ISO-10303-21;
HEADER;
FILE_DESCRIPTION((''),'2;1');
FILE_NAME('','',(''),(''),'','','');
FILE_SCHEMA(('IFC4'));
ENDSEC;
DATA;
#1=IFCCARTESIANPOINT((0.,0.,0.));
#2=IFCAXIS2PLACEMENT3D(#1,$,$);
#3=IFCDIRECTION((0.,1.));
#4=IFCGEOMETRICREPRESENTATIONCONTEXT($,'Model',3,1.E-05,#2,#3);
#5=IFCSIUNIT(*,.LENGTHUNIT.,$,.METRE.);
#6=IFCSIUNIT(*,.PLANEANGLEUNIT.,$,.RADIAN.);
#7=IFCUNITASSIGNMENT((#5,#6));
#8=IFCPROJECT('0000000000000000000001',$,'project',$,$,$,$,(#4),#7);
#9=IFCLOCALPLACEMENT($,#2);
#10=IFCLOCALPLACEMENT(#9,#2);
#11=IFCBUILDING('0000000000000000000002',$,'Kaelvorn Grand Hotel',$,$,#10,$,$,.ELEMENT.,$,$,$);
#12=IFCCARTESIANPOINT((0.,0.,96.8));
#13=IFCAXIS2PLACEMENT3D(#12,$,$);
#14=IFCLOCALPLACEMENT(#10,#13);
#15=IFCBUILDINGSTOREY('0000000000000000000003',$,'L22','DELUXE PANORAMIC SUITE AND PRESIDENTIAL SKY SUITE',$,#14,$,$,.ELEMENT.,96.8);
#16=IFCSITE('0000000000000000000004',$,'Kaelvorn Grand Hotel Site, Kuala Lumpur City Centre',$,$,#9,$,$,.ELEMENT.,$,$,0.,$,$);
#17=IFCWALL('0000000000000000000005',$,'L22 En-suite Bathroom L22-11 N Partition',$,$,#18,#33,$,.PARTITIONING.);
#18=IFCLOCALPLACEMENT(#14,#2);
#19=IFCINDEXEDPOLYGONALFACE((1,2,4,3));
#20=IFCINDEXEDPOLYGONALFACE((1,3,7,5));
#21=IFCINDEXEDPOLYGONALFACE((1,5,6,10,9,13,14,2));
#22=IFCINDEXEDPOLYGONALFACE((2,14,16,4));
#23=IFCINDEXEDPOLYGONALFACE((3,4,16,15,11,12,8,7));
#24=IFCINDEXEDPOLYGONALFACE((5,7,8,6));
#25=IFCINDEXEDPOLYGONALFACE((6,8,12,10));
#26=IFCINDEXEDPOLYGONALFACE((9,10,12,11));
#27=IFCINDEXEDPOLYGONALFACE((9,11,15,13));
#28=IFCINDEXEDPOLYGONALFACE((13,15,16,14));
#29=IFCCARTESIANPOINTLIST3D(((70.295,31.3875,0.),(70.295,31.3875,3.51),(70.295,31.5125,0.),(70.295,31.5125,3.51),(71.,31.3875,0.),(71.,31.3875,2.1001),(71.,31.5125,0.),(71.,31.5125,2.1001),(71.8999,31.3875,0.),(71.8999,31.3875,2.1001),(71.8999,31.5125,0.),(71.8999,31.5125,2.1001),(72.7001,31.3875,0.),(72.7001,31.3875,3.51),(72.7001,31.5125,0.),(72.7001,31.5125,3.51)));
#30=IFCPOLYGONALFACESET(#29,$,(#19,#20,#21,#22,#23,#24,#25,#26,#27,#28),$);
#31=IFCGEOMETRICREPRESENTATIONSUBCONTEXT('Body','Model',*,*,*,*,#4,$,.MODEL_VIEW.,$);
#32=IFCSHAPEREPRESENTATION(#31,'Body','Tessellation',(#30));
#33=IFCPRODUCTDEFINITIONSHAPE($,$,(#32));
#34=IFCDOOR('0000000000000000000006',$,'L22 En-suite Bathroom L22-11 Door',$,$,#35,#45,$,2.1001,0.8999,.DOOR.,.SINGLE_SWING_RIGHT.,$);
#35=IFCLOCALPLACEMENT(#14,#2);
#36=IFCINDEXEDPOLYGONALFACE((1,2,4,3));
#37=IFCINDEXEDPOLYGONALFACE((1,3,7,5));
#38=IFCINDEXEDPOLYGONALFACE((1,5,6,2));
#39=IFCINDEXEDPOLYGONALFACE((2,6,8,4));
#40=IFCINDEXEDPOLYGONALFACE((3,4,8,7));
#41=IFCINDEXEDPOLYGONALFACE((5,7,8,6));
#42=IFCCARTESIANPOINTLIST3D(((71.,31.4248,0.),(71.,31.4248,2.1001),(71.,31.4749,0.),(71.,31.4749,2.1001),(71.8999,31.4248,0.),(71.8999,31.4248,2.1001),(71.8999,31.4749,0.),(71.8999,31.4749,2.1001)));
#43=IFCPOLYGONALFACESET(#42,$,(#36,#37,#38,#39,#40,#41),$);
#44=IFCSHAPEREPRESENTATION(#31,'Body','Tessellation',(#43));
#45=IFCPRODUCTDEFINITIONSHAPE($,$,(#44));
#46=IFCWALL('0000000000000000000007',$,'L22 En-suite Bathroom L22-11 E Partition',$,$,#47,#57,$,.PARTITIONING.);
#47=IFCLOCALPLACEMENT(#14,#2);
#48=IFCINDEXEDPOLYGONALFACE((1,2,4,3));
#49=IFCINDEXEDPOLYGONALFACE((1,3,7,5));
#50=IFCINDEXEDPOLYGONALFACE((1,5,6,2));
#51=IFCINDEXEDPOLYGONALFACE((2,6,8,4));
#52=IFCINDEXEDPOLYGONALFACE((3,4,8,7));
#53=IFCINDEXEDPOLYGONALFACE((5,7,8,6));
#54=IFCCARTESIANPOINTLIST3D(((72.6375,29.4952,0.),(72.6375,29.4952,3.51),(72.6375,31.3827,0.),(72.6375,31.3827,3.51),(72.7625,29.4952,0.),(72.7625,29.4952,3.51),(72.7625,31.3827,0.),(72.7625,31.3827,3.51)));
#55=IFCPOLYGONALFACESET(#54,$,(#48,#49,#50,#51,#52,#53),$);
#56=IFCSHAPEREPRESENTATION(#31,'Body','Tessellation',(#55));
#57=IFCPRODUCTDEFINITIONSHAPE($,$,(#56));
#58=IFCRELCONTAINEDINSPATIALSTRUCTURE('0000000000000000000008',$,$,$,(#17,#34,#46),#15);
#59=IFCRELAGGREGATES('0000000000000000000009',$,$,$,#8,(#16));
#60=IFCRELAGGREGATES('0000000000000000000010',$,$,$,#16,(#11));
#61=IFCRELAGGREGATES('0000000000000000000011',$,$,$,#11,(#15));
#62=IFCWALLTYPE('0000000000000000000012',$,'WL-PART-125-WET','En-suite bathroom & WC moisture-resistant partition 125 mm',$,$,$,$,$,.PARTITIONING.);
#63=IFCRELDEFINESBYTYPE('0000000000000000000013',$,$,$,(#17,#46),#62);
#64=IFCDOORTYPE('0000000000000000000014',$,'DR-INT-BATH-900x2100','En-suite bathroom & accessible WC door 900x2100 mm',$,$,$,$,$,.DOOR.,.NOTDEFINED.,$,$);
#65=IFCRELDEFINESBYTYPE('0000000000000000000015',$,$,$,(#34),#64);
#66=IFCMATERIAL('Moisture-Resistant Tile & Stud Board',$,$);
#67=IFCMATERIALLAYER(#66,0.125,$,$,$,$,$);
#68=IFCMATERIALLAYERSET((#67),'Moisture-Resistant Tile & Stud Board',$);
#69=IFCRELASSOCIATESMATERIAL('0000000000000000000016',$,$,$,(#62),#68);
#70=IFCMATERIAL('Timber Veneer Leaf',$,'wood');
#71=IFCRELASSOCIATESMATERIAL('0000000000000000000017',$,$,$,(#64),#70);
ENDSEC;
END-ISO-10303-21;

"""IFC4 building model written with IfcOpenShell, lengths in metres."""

from ifc_helpers import new_model, si_unit, direction, frame, frame_2d, origin, place, context, subcontext, project, spatial, rectangle, extrude, material, layer, layer_set, type_object, element, fill, save


model = new_model("IFC4")

# Units and contexts
model_context = context("Model", 3, precision=1e-05, world=origin(), true_north=direction((0.0, 1.0)))
body_context = subcontext(model_context, "Body", "Model", "MODEL_VIEW")
ifc_project = project(units=[si_unit("LENGTHUNIT", "METRE"), si_unit("PLANEANGLEUNIT", "RADIAN")], contexts=[model_context])

# Site, building, storey
site_placement = place(None, origin())
site = spatial("IfcSite", under=ifc_project, at=site_placement, Name="Kaelvorn Grand Hotel Site, Kuala Lumpur City Centre", CompositionType="ELEMENT", RefElevation=0.0)
building_placement = place(site_placement, origin())
building = spatial("IfcBuilding", under=site, at=building_placement, Name="Kaelvorn Grand Hotel", CompositionType="ELEMENT")
storey_placement = place(building_placement, frame((0.0, 0.0, 96.8)))
storey = spatial("IfcBuildingStorey", under=building, at=storey_placement, Name="L22", Description="DELUXE PANORAMIC SUITE AND PRESIDENTIAL SKY SUITE", CompositionType="ELEMENT", Elevation=96.8)

# Wall, opening, door
ifc_material_1 = material(Name="Moisture-Resistant Tile & Stud Board")
ifc_layer_1 = layer(ifc_material_1, 0.125)
ifc_layer_set_1 = layer_set([ifc_layer_1], Name="Moisture-Resistant Tile & Stud Board")
wall_type = type_object("IfcWallType", Name="WL-PART-125-WET", Description="En-suite bathroom & WC moisture-resistant partition 125 mm", PredefinedType="PARTITIONING", material=ifc_layer_set_1)
wall_1_placement = place(storey_placement, frame((70.2949, 31.45, 0.0), z_axis=(0.0, 0.0, 1.0), x_axis=(1.0, 0.0, 0.0)))
wall_1 = element("IfcWall", 1, at=wall_1_placement, inside=storey, type_object=wall_type, Name="L22 En-suite Bathroom L22-11 N Partition", PredefinedType="PARTITIONING", context=body_context, shape_type="SweptSolid", body=[
    extrude(rectangle(XDim=2.405, YDim=0.125, at=frame_2d((1.2026, 0.0))), origin(), (0.0, 0.0, 1.0), 3.51),
])
opening_placement = place(wall_1_placement, frame((0.7051, 0.0, 0.0)))
opening = element("IfcOpeningElement", 2, at=opening_placement, cuts=wall_1, PredefinedType="OPENING", context=body_context, shape_type="SweptSolid", body=[
    extrude(rectangle(XDim=0.8999, YDim=2.1001, at=frame_2d((0.45, 1.05))), frame((0.0, 0.0725, 0.0), z_axis=(0.0, -1.0, 0.0), x_axis=(1.0, 0.0, 0.0)), (0.0, 0.0, 1.0), 0.145),
])
ifc_material_2 = material(Name="Timber Veneer Leaf", Category="wood")
door_type = type_object("IfcDoorType", Name="DR-INT-BATH-900x2100", Description="En-suite bathroom & accessible WC door 900x2100 mm", OperationType="NOTDEFINED", PredefinedType="DOOR", material=ifc_material_2)
door_placement = place(opening_placement, origin())
door = element("IfcDoor", 3, at=door_placement, inside=storey, type_object=door_type, Name="L22 En-suite Bathroom L22-11 Door", OperationType="SINGLE_SWING_RIGHT", OverallHeight=2.1001, OverallWidth=0.8999, PredefinedType="DOOR", context=body_context, shape_type="SweptSolid", body=[
    extrude(rectangle(XDim=0.8999, YDim=2.1001, at=frame_2d((0.45, 1.05))), frame((0.0, 0.0249, 0.0), z_axis=(0.0, -1.0, 0.0), x_axis=(1.0, 0.0, 0.0)), (0.0, 0.0, 1.0), 0.05),
])
fill(opening, door)

# Wall
wall_2_placement = place(storey_placement, frame((72.7, 29.4951, 0.0), z_axis=(0.0, 0.0, 1.0), x_axis=(0.0, 1.0, 0.0)))
element("IfcWall", 4, at=wall_2_placement, inside=storey, type_object=wall_type, Name="L22 En-suite Bathroom L22-11 E Partition", PredefinedType="PARTITIONING", context=body_context, shape_type="SweptSolid", body=[
    extrude(rectangle(XDim=1.8875, YDim=0.125, at=frame_2d((0.9438, 0.0))), origin(), (0.0, 0.0, 1.0), 3.51),
])

save(model, "model.ifc")
